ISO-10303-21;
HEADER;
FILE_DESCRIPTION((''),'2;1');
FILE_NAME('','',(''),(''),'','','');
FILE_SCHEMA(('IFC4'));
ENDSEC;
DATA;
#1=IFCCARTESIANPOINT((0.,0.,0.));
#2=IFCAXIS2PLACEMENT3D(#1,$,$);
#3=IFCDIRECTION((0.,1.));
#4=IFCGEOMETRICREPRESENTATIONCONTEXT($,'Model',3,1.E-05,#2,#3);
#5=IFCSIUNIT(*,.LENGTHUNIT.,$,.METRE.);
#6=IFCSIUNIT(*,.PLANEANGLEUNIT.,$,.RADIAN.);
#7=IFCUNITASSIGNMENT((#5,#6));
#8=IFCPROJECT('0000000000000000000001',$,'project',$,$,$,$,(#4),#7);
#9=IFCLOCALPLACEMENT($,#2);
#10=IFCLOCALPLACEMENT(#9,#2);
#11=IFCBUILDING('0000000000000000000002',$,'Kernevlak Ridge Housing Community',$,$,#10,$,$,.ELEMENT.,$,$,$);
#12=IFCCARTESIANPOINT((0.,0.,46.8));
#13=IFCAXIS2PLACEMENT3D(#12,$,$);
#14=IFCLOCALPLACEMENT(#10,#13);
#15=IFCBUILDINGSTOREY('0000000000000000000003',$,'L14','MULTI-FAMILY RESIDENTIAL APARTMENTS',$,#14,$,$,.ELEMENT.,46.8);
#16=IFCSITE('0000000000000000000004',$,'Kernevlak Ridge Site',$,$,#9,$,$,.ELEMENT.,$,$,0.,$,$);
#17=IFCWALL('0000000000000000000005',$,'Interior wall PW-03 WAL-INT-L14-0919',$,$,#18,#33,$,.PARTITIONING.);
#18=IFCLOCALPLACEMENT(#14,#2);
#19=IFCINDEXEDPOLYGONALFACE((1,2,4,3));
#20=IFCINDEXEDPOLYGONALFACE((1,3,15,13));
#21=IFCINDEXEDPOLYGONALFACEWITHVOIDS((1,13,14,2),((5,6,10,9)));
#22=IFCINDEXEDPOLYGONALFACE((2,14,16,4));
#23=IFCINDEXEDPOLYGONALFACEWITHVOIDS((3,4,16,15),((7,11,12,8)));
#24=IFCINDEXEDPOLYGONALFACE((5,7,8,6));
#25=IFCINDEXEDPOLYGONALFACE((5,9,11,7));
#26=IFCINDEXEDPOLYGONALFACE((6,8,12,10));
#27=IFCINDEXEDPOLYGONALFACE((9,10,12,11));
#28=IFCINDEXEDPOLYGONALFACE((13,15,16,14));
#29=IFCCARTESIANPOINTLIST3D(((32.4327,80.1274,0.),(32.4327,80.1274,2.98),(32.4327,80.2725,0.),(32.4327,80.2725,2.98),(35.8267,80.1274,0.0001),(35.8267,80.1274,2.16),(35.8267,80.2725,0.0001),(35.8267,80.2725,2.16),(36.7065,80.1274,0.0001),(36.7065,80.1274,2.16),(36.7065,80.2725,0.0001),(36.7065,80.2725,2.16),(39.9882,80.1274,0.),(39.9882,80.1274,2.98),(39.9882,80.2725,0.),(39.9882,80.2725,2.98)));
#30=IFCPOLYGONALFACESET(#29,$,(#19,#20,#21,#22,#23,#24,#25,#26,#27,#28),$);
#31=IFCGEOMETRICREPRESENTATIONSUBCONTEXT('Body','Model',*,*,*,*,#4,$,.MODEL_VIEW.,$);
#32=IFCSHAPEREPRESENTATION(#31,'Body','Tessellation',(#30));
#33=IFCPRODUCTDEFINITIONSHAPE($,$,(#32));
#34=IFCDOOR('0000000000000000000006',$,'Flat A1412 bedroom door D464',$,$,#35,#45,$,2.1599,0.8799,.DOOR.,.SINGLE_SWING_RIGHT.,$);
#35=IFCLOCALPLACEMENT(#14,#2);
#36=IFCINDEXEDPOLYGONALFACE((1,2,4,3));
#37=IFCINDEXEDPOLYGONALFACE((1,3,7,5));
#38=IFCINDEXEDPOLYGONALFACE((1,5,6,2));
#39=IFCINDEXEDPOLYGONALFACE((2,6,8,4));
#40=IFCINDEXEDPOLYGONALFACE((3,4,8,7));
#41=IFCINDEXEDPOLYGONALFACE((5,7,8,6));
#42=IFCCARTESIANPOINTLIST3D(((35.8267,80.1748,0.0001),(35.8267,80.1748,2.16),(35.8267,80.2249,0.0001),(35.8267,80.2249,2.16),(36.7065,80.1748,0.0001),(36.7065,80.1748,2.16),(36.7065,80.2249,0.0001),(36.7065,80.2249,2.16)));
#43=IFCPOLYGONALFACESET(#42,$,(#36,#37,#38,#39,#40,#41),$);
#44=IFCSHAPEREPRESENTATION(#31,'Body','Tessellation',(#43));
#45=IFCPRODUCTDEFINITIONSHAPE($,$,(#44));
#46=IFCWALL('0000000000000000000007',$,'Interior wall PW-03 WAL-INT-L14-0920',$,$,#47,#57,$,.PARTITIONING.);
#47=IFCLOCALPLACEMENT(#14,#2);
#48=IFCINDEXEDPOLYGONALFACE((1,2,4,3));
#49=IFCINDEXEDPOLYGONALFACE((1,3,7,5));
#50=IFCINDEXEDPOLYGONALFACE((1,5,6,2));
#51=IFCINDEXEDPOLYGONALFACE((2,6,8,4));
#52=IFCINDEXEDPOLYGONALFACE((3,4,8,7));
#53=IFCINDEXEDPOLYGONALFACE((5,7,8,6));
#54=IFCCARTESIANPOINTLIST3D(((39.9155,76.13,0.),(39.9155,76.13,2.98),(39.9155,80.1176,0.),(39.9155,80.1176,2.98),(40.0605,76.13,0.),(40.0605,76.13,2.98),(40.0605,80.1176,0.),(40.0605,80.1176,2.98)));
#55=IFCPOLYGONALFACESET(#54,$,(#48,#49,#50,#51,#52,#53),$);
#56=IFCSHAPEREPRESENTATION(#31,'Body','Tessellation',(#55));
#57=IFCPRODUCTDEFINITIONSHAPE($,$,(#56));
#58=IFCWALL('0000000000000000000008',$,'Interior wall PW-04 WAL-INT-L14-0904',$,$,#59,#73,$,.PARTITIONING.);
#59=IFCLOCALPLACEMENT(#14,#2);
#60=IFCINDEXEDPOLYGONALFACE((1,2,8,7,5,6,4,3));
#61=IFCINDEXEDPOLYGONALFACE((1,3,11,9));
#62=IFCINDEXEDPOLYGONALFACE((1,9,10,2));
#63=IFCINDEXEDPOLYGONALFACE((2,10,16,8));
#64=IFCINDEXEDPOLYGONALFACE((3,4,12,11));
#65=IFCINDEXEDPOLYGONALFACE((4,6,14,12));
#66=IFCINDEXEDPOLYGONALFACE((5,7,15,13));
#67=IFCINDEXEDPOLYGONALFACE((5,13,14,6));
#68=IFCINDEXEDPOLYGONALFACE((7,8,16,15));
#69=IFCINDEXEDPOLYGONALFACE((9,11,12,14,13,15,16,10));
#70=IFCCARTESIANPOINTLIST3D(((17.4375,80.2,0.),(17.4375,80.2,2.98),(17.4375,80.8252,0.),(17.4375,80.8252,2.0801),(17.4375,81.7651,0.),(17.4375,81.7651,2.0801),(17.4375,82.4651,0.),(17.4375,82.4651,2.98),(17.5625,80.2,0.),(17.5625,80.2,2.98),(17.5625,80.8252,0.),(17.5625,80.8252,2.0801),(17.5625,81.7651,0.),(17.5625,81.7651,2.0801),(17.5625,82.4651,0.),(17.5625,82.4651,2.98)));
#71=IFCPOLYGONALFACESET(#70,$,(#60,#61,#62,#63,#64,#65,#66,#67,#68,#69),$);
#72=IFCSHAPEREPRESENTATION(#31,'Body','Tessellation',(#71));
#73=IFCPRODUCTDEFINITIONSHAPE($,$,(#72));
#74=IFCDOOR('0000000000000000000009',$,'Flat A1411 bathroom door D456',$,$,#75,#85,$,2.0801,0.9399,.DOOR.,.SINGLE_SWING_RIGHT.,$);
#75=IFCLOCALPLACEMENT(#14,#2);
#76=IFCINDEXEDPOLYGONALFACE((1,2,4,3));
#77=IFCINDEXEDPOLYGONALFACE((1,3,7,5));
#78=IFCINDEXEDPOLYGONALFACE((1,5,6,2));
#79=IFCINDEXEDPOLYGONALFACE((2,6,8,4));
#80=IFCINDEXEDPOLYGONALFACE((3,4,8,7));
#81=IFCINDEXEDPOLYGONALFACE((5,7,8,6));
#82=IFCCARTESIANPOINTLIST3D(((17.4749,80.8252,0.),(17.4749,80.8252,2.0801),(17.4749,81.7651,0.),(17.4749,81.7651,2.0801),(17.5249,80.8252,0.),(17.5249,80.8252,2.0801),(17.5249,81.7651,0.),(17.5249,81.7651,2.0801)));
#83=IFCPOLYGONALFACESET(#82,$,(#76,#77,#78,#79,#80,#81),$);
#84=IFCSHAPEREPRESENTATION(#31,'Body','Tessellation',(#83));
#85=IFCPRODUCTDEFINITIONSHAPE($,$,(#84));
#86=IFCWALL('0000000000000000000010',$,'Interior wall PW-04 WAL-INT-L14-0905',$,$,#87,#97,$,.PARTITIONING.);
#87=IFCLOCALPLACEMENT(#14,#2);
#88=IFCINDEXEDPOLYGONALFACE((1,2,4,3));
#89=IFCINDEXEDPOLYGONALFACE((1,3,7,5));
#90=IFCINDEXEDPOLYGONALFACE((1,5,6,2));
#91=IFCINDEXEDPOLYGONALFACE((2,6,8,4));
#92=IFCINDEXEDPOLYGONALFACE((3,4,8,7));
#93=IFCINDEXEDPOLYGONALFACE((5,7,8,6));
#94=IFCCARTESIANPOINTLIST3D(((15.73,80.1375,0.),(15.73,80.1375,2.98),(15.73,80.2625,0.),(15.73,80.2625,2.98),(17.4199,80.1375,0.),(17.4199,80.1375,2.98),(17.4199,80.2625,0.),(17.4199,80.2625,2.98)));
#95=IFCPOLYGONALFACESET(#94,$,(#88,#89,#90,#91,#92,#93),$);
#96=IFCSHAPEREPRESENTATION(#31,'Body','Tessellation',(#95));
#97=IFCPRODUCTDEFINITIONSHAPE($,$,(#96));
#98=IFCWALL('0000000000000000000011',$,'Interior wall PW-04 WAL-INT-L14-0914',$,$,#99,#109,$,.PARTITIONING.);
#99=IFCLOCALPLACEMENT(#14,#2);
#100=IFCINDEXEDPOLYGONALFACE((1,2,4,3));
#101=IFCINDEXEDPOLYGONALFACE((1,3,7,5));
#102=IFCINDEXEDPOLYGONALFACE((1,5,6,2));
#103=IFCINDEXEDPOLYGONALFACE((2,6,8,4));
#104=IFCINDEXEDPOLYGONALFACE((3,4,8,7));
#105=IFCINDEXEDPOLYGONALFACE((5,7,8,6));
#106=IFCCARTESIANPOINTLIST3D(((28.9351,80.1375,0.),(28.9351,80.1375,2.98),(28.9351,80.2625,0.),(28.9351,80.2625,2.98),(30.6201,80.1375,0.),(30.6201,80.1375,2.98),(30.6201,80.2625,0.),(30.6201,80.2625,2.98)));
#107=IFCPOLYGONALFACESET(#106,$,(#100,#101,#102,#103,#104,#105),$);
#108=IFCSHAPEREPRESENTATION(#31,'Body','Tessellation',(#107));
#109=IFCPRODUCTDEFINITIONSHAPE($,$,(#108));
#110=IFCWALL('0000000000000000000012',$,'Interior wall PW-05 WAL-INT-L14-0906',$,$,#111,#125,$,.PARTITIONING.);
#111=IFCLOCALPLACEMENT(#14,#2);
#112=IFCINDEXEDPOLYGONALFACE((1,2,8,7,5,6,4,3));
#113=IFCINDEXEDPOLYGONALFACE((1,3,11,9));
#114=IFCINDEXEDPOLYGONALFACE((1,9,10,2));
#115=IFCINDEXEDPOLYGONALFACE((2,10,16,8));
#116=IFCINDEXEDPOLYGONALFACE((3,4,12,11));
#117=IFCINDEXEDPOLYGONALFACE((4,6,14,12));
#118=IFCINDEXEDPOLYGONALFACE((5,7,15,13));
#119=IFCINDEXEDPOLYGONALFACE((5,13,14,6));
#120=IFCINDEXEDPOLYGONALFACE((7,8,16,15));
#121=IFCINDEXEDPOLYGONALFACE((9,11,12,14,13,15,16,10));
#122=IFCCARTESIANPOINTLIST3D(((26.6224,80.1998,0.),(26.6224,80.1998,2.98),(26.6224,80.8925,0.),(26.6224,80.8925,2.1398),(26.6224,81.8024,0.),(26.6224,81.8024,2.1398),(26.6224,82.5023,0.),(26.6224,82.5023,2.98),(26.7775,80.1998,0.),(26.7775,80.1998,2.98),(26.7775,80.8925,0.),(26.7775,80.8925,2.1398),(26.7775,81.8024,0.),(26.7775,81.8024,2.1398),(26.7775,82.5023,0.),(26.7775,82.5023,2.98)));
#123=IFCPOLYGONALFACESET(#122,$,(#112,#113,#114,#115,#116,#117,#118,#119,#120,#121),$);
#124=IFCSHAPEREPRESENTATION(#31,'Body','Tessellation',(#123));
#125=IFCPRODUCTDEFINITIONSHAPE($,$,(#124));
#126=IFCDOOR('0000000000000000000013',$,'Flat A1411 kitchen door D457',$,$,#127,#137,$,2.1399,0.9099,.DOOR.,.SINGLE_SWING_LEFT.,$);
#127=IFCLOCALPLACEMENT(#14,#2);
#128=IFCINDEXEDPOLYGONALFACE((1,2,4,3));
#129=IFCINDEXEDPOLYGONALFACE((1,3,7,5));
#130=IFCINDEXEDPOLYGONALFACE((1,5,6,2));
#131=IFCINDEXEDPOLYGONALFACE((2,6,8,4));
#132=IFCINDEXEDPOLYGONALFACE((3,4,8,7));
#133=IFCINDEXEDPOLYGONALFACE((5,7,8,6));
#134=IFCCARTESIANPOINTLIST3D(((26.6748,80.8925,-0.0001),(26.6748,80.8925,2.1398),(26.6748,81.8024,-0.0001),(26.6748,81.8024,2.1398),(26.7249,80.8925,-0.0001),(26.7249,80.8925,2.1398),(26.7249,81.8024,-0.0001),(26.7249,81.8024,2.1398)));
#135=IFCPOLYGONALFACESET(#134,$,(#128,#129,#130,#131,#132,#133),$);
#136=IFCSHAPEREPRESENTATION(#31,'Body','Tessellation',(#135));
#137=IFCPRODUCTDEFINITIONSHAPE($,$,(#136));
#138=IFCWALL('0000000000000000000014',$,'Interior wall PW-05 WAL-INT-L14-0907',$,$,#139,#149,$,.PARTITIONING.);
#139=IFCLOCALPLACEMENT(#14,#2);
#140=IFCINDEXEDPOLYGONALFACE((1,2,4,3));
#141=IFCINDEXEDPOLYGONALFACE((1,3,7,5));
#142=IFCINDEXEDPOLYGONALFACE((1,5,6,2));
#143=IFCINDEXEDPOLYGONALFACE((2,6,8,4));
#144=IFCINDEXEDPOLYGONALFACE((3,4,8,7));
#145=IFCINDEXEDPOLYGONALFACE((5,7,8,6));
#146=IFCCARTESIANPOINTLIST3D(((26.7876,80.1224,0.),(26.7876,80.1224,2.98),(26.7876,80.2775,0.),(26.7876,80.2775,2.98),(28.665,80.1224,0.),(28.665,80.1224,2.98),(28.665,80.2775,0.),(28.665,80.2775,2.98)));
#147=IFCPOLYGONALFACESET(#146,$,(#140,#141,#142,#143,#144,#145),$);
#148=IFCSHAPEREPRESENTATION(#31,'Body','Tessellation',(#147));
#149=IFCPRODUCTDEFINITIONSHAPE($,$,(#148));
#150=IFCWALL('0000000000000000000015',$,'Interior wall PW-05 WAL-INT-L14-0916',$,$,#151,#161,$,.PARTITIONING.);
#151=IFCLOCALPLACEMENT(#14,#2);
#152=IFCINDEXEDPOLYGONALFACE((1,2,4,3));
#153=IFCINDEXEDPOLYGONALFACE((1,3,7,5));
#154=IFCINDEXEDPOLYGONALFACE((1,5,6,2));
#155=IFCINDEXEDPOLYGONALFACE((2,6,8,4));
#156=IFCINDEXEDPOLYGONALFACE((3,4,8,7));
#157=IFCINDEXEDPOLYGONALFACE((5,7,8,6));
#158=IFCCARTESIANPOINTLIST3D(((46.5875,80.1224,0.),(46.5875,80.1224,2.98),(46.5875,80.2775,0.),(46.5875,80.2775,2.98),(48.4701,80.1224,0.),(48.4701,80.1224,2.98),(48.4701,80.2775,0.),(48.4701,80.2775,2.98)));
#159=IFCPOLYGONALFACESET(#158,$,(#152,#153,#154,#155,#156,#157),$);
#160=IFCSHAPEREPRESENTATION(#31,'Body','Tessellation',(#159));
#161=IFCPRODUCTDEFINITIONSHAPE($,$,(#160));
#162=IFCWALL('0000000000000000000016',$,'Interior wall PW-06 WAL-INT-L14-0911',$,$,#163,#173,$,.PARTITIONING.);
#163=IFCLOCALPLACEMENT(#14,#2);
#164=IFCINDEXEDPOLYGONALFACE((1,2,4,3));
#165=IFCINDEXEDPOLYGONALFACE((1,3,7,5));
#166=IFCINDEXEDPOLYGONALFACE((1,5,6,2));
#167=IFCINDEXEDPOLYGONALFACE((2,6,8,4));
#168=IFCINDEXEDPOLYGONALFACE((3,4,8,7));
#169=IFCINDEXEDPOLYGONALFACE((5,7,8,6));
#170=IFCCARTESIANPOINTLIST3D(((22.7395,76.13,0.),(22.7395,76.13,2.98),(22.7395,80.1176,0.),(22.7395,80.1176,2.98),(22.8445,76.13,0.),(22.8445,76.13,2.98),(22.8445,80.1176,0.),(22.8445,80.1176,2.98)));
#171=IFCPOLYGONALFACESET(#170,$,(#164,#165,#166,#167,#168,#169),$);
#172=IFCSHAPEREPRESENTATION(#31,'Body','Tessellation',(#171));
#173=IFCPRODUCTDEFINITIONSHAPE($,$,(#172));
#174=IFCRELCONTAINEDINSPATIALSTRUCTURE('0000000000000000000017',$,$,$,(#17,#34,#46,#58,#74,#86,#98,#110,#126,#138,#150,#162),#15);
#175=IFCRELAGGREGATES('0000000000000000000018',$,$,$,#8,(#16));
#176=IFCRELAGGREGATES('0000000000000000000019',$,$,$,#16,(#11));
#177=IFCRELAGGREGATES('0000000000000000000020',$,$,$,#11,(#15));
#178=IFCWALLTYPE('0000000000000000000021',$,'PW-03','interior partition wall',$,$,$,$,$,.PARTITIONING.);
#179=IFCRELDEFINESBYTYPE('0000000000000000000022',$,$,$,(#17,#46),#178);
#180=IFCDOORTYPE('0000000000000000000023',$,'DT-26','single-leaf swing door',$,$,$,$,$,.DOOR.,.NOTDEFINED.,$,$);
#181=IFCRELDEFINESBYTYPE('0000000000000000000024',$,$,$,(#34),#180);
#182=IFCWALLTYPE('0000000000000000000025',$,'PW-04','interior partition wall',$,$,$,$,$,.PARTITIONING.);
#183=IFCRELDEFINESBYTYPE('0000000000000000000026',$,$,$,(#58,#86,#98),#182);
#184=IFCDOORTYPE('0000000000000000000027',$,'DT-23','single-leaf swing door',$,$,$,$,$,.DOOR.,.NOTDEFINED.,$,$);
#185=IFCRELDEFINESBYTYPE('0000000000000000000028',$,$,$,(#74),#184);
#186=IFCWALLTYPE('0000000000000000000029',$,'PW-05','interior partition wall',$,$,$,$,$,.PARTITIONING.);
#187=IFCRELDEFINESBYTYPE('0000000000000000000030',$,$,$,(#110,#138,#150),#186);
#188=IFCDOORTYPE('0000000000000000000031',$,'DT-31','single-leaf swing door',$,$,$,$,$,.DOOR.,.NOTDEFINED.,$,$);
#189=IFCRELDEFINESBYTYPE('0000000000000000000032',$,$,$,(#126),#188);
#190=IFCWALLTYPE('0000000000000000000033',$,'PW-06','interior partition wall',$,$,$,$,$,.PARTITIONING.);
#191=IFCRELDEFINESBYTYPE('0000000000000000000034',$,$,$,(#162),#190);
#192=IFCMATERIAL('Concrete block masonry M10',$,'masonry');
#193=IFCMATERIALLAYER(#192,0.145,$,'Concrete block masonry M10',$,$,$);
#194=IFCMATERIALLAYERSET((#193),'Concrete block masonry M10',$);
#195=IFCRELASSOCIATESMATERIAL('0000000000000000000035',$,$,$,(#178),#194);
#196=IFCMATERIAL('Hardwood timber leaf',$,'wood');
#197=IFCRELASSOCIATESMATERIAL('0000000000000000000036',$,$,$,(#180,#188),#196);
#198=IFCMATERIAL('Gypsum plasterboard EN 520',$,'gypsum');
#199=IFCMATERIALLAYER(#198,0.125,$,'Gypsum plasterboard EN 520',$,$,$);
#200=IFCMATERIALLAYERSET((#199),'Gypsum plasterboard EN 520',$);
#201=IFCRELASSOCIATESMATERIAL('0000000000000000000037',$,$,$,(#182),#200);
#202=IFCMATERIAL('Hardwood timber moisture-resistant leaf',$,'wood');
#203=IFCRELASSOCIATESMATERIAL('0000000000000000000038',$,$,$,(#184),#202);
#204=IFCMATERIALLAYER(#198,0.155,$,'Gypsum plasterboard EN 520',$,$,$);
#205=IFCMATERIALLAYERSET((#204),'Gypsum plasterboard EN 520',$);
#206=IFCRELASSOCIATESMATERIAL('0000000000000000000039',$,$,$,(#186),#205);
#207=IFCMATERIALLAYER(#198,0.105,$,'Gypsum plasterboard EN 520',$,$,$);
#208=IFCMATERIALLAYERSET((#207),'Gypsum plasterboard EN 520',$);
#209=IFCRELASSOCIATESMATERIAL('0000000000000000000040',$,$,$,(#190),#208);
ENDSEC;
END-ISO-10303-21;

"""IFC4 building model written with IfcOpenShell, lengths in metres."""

from ifc_helpers import new_model, si_unit, direction, frame, frame_2d, origin, place, context, subcontext, project, spatial, rectangle, extrude, material, layer, layer_set, type_object, element, fill, save


model = new_model("IFC4")

# Units and contexts
model_context = context("Model", 3, precision=1e-05, world=origin(), true_north=direction((0.0, 1.0)))
body_context = subcontext(model_context, "Body", "Model", "MODEL_VIEW")
ifc_project = project(units=[si_unit("LENGTHUNIT", "METRE"), si_unit("PLANEANGLEUNIT", "RADIAN")], contexts=[model_context])

# Site, building, storey
site_placement = place(None, origin())
site = spatial("IfcSite", under=ifc_project, at=site_placement, Name="Kernevlak Ridge Site", CompositionType="ELEMENT", RefElevation=0.0)
building_placement = place(site_placement, origin())
building = spatial("IfcBuilding", under=site, at=building_placement, Name="Kernevlak Ridge Housing Community", CompositionType="ELEMENT")
storey_placement = place(building_placement, frame((0.0, 0.0, 46.8)))
storey = spatial("IfcBuildingStorey", under=building, at=storey_placement, Name="L14", Description="MULTI-FAMILY RESIDENTIAL APARTMENTS", CompositionType="ELEMENT", Elevation=46.8)

# Shared definitions
ifc_material_1 = material(Name="Concrete block masonry M10", Category="masonry")

# Shared definitions
ifc_layer_1 = layer(ifc_material_1, 0.145, Name="Concrete block masonry M10")
ifc_layer_set_1 = layer_set([ifc_layer_1], Name="Concrete block masonry M10")
wall_type_1 = type_object("IfcWallType", Name="PW-03", Description="interior partition wall", PredefinedType="PARTITIONING", material=ifc_layer_set_1)
ifc_material_2 = material(Name="Hardwood timber leaf", Category="wood")

# Wall, opening, door
wall_1_placement = place(storey_placement, frame((32.4326, 80.2, 0.0), z_axis=(0.0, 0.0, 1.0), x_axis=(1.0, 0.0, 0.0)))
wall_1 = element("IfcWall", 1, at=wall_1_placement, inside=storey, type_object=wall_type_1, Name="Interior wall PW-03 WAL-INT-L14-0919", PredefinedType="PARTITIONING", context=body_context, shape_type="SweptSolid", body=[
    extrude(rectangle(XDim=7.5554, YDim=0.145, at=frame_2d((3.7778, 0.0))), origin(), (0.0, 0.0, 1.0), 2.98),
])
opening_1_placement = place(wall_1_placement, frame((3.394, 0.0, 0.0)))
opening_1 = element("IfcOpeningElement", 2, at=opening_1_placement, cuts=wall_1, PredefinedType="OPENING", context=body_context, shape_type="SweptSolid", body=[
    extrude(rectangle(XDim=0.8799, YDim=2.1599, at=frame_2d((0.4399, 1.0801))), frame((0.0, 0.0825, 0.0), z_axis=(0.0, -1.0, 0.0), x_axis=(1.0, 0.0, 0.0)), (0.0, 0.0, 1.0), 0.165),
])
door_type_1 = type_object("IfcDoorType", Name="DT-26", Description="single-leaf swing door", OperationType="NOTDEFINED", PredefinedType="DOOR", material=ifc_material_2)
door_1_placement = place(opening_1_placement, origin())
door_1 = element("IfcDoor", 3, at=door_1_placement, inside=storey, type_object=door_type_1, Name="Flat A1412 bedroom door D464", OperationType="SINGLE_SWING_RIGHT", OverallHeight=2.1599, OverallWidth=0.8799, PredefinedType="DOOR", context=body_context, shape_type="SweptSolid", body=[
    extrude(rectangle(XDim=0.8799, YDim=2.1599, at=frame_2d((0.4399, 1.0801))), frame((0.0, 0.0249, 0.0), z_axis=(0.0, -1.0, 0.0), x_axis=(1.0, 0.0, 0.0)), (0.0, 0.0, 1.0), 0.05),
])
fill(opening_1, door_1)

# Wall
wall_2_placement = place(storey_placement, frame((39.988, 80.1174, 0.0), z_axis=(0.0, 0.0, 1.0), x_axis=(0.0, -1.0, 0.0)))
element("IfcWall", 4, at=wall_2_placement, inside=storey, type_object=wall_type_1, Name="Interior wall PW-03 WAL-INT-L14-0920", PredefinedType="PARTITIONING", context=body_context, shape_type="SweptSolid", body=[
    extrude(rectangle(XDim=3.9875, YDim=0.145, at=frame_2d((1.9937, 0.0))), origin(), (0.0, 0.0, 1.0), 2.98),
])

# Wall, opening, door
ifc_material_3 = material(Name="Gypsum plasterboard EN 520", Category="gypsum")
ifc_layer_2 = layer(ifc_material_3, 0.125, Name="Gypsum plasterboard EN 520")
ifc_layer_set_2 = layer_set([ifc_layer_2], Name="Gypsum plasterboard EN 520")
wall_type_2 = type_object("IfcWallType", Name="PW-04", Description="interior partition wall", PredefinedType="PARTITIONING", material=ifc_layer_set_2)
wall_3_placement = place(storey_placement, frame((17.5, 82.4651, 0.0), z_axis=(0.0, 0.0, 1.0), x_axis=(0.0, -1.0, 0.0)))
wall_3 = element("IfcWall", 5, at=wall_3_placement, inside=storey, type_object=wall_type_2, Name="Interior wall PW-04 WAL-INT-L14-0904", PredefinedType="PARTITIONING", context=body_context, shape_type="SweptSolid", body=[
    extrude(rectangle(XDim=2.2651, YDim=0.125, at=frame_2d((1.1326, 0.0))), origin(), (0.0, 0.0, 1.0), 2.98),
])
opening_2_placement = place(wall_3_placement, frame((0.7, 0.0, 0.0)))
opening_2 = element("IfcOpeningElement", 6, at=opening_2_placement, cuts=wall_3, PredefinedType="OPENING", context=body_context, shape_type="SweptSolid", body=[
    extrude(rectangle(XDim=0.9399, YDim=2.0801, at=frame_2d((0.47, 1.04))), frame((0.0, 0.0725, 0.0), z_axis=(0.0, -1.0, 0.0), x_axis=(1.0, 0.0, 0.0)), (0.0, 0.0, 1.0), 0.145),
])
ifc_material_4 = material(Name="Hardwood timber moisture-resistant leaf", Category="wood")
door_type_2 = type_object("IfcDoorType", Name="DT-23", Description="single-leaf swing door", OperationType="NOTDEFINED", PredefinedType="DOOR", material=ifc_material_4)
door_2_placement = place(opening_2_placement, origin())
door_2 = element("IfcDoor", 7, at=door_2_placement, inside=storey, type_object=door_type_2, Name="Flat A1411 bathroom door D456", OperationType="SINGLE_SWING_RIGHT", OverallHeight=2.0801, OverallWidth=0.9399, PredefinedType="DOOR", context=body_context, shape_type="SweptSolid", body=[
    extrude(rectangle(XDim=0.9399, YDim=2.0801, at=frame_2d((0.47, 1.04))), frame((0.0, 0.0249, 0.0), z_axis=(0.0, -1.0, 0.0), x_axis=(1.0, 0.0, 0.0)), (0.0, 0.0, 1.0), 0.05),
])
fill(opening_2, door_2)

# Walls
wall_4_placement = place(storey_placement, frame((15.73, 80.2, 0.0), z_axis=(0.0, 0.0, 1.0), x_axis=(1.0, 0.0, 0.0)))
element("IfcWall", 8, at=wall_4_placement, inside=storey, type_object=wall_type_2, Name="Interior wall PW-04 WAL-INT-L14-0905", PredefinedType="PARTITIONING", context=body_context, shape_type="SweptSolid", body=[
    extrude(rectangle(XDim=1.6899, YDim=0.125, at=frame_2d((0.845, 0.0))), origin(), (0.0, 0.0, 1.0), 2.98),
])
wall_5_placement = place(storey_placement, frame((28.9351, 80.2, 0.0), z_axis=(0.0, 0.0, 1.0), x_axis=(1.0, 0.0, 0.0)))
element("IfcWall", 9, at=wall_5_placement, inside=storey, type_object=wall_type_2, Name="Interior wall PW-04 WAL-INT-L14-0914", PredefinedType="PARTITIONING", context=body_context, shape_type="SweptSolid", body=[
    extrude(rectangle(XDim=1.6851, YDim=0.125, at=frame_2d((0.8425, 0.0))), origin(), (0.0, 0.0, 1.0), 2.98),
])

# Wall, opening, door
ifc_layer_3 = layer(ifc_material_3, 0.155, Name="Gypsum plasterboard EN 520")
ifc_layer_set_3 = layer_set([ifc_layer_3], Name="Gypsum plasterboard EN 520")
wall_type_3 = type_object("IfcWallType", Name="PW-05", Description="interior partition wall", PredefinedType="PARTITIONING", material=ifc_layer_set_3)
wall_6_placement = place(storey_placement, frame((26.7, 82.5024, 0.0), z_axis=(0.0, 0.0, 1.0), x_axis=(0.0, -1.0, 0.0)))
wall_6 = element("IfcWall", 10, at=wall_6_placement, inside=storey, type_object=wall_type_3, Name="Interior wall PW-05 WAL-INT-L14-0906", PredefinedType="PARTITIONING", context=body_context, shape_type="SweptSolid", body=[
    extrude(rectangle(XDim=2.3025, YDim=0.155, at=frame_2d((1.1514, 0.0))), origin(), (0.0, 0.0, 1.0), 2.98),
])
opening_3_placement = place(wall_6_placement, frame((0.7, 0.0, 0.0)))
opening_3 = element("IfcOpeningElement", 11, at=opening_3_placement, cuts=wall_6, PredefinedType="OPENING", context=body_context, shape_type="SweptSolid", body=[
    extrude(rectangle(XDim=0.9099, YDim=2.1399, at=frame_2d((0.4551, 1.0698))), frame((0.0, 0.0874, 0.0), z_axis=(0.0, -1.0, 0.0), x_axis=(1.0, 0.0, 0.0)), (0.0, 0.0, 1.0), 0.175),
])
door_type_3 = type_object("IfcDoorType", Name="DT-31", Description="single-leaf swing door", OperationType="NOTDEFINED", PredefinedType="DOOR", material=ifc_material_2)
door_3_placement = place(opening_3_placement, origin())
door_3 = element("IfcDoor", 12, at=door_3_placement, inside=storey, type_object=door_type_3, Name="Flat A1411 kitchen door D457", OperationType="SINGLE_SWING_LEFT", OverallHeight=2.1399, OverallWidth=0.9099, PredefinedType="DOOR", context=body_context, shape_type="SweptSolid", body=[
    extrude(rectangle(XDim=0.9099, YDim=2.1399, at=frame_2d((0.4551, 1.0698))), frame((0.0, 0.0249, 0.0), z_axis=(0.0, -1.0, 0.0), x_axis=(1.0, 0.0, 0.0)), (0.0, 0.0, 1.0), 0.05),
])
fill(opening_3, door_3)

# Walls
wall_7_placement = place(storey_placement, frame((26.7876, 80.2, 0.0), z_axis=(0.0, 0.0, 1.0), x_axis=(1.0, 0.0, 0.0)))
element("IfcWall", 13, at=wall_7_placement, inside=storey, type_object=wall_type_3, Name="Interior wall PW-05 WAL-INT-L14-0907", PredefinedType="PARTITIONING", context=body_context, shape_type="SweptSolid", body=[
    extrude(rectangle(XDim=1.8774, YDim=0.155, at=frame_2d((0.9387, 0.0))), origin(), (0.0, 0.0, 1.0), 2.98),
])
wall_8_placement = place(storey_placement, frame((46.5874, 80.2, 0.0), z_axis=(0.0, 0.0, 1.0), x_axis=(1.0, 0.0, 0.0)))
element("IfcWall", 14, at=wall_8_placement, inside=storey, type_object=wall_type_3, Name="Interior wall PW-05 WAL-INT-L14-0916", PredefinedType="PARTITIONING", context=body_context, shape_type="SweptSolid", body=[
    extrude(rectangle(XDim=1.8826, YDim=0.155, at=frame_2d((0.9414, 0.0))), origin(), (0.0, 0.0, 1.0), 2.98),
])
ifc_layer_4 = layer(ifc_material_3, 0.105, Name="Gypsum plasterboard EN 520")
ifc_layer_set_4 = layer_set([ifc_layer_4], Name="Gypsum plasterboard EN 520")
wall_type_4 = type_object("IfcWallType", Name="PW-06", Description="interior partition wall", PredefinedType="PARTITIONING", material=ifc_layer_set_4)
wall_9_placement = place(storey_placement, frame((22.792, 80.1174, 0.0), z_axis=(0.0, 0.0, 1.0), x_axis=(0.0, -1.0, 0.0)))
element("IfcWall", 15, at=wall_9_placement, inside=storey, type_object=wall_type_4, Name="Interior wall PW-06 WAL-INT-L14-0911", PredefinedType="PARTITIONING", context=body_context, shape_type="SweptSolid", body=[
    extrude(rectangle(XDim=3.9875, YDim=0.105, at=frame_2d((1.9937, 0.0))), origin(), (0.0, 0.0, 1.0), 2.98),
])

save(model, "model.ifc")
